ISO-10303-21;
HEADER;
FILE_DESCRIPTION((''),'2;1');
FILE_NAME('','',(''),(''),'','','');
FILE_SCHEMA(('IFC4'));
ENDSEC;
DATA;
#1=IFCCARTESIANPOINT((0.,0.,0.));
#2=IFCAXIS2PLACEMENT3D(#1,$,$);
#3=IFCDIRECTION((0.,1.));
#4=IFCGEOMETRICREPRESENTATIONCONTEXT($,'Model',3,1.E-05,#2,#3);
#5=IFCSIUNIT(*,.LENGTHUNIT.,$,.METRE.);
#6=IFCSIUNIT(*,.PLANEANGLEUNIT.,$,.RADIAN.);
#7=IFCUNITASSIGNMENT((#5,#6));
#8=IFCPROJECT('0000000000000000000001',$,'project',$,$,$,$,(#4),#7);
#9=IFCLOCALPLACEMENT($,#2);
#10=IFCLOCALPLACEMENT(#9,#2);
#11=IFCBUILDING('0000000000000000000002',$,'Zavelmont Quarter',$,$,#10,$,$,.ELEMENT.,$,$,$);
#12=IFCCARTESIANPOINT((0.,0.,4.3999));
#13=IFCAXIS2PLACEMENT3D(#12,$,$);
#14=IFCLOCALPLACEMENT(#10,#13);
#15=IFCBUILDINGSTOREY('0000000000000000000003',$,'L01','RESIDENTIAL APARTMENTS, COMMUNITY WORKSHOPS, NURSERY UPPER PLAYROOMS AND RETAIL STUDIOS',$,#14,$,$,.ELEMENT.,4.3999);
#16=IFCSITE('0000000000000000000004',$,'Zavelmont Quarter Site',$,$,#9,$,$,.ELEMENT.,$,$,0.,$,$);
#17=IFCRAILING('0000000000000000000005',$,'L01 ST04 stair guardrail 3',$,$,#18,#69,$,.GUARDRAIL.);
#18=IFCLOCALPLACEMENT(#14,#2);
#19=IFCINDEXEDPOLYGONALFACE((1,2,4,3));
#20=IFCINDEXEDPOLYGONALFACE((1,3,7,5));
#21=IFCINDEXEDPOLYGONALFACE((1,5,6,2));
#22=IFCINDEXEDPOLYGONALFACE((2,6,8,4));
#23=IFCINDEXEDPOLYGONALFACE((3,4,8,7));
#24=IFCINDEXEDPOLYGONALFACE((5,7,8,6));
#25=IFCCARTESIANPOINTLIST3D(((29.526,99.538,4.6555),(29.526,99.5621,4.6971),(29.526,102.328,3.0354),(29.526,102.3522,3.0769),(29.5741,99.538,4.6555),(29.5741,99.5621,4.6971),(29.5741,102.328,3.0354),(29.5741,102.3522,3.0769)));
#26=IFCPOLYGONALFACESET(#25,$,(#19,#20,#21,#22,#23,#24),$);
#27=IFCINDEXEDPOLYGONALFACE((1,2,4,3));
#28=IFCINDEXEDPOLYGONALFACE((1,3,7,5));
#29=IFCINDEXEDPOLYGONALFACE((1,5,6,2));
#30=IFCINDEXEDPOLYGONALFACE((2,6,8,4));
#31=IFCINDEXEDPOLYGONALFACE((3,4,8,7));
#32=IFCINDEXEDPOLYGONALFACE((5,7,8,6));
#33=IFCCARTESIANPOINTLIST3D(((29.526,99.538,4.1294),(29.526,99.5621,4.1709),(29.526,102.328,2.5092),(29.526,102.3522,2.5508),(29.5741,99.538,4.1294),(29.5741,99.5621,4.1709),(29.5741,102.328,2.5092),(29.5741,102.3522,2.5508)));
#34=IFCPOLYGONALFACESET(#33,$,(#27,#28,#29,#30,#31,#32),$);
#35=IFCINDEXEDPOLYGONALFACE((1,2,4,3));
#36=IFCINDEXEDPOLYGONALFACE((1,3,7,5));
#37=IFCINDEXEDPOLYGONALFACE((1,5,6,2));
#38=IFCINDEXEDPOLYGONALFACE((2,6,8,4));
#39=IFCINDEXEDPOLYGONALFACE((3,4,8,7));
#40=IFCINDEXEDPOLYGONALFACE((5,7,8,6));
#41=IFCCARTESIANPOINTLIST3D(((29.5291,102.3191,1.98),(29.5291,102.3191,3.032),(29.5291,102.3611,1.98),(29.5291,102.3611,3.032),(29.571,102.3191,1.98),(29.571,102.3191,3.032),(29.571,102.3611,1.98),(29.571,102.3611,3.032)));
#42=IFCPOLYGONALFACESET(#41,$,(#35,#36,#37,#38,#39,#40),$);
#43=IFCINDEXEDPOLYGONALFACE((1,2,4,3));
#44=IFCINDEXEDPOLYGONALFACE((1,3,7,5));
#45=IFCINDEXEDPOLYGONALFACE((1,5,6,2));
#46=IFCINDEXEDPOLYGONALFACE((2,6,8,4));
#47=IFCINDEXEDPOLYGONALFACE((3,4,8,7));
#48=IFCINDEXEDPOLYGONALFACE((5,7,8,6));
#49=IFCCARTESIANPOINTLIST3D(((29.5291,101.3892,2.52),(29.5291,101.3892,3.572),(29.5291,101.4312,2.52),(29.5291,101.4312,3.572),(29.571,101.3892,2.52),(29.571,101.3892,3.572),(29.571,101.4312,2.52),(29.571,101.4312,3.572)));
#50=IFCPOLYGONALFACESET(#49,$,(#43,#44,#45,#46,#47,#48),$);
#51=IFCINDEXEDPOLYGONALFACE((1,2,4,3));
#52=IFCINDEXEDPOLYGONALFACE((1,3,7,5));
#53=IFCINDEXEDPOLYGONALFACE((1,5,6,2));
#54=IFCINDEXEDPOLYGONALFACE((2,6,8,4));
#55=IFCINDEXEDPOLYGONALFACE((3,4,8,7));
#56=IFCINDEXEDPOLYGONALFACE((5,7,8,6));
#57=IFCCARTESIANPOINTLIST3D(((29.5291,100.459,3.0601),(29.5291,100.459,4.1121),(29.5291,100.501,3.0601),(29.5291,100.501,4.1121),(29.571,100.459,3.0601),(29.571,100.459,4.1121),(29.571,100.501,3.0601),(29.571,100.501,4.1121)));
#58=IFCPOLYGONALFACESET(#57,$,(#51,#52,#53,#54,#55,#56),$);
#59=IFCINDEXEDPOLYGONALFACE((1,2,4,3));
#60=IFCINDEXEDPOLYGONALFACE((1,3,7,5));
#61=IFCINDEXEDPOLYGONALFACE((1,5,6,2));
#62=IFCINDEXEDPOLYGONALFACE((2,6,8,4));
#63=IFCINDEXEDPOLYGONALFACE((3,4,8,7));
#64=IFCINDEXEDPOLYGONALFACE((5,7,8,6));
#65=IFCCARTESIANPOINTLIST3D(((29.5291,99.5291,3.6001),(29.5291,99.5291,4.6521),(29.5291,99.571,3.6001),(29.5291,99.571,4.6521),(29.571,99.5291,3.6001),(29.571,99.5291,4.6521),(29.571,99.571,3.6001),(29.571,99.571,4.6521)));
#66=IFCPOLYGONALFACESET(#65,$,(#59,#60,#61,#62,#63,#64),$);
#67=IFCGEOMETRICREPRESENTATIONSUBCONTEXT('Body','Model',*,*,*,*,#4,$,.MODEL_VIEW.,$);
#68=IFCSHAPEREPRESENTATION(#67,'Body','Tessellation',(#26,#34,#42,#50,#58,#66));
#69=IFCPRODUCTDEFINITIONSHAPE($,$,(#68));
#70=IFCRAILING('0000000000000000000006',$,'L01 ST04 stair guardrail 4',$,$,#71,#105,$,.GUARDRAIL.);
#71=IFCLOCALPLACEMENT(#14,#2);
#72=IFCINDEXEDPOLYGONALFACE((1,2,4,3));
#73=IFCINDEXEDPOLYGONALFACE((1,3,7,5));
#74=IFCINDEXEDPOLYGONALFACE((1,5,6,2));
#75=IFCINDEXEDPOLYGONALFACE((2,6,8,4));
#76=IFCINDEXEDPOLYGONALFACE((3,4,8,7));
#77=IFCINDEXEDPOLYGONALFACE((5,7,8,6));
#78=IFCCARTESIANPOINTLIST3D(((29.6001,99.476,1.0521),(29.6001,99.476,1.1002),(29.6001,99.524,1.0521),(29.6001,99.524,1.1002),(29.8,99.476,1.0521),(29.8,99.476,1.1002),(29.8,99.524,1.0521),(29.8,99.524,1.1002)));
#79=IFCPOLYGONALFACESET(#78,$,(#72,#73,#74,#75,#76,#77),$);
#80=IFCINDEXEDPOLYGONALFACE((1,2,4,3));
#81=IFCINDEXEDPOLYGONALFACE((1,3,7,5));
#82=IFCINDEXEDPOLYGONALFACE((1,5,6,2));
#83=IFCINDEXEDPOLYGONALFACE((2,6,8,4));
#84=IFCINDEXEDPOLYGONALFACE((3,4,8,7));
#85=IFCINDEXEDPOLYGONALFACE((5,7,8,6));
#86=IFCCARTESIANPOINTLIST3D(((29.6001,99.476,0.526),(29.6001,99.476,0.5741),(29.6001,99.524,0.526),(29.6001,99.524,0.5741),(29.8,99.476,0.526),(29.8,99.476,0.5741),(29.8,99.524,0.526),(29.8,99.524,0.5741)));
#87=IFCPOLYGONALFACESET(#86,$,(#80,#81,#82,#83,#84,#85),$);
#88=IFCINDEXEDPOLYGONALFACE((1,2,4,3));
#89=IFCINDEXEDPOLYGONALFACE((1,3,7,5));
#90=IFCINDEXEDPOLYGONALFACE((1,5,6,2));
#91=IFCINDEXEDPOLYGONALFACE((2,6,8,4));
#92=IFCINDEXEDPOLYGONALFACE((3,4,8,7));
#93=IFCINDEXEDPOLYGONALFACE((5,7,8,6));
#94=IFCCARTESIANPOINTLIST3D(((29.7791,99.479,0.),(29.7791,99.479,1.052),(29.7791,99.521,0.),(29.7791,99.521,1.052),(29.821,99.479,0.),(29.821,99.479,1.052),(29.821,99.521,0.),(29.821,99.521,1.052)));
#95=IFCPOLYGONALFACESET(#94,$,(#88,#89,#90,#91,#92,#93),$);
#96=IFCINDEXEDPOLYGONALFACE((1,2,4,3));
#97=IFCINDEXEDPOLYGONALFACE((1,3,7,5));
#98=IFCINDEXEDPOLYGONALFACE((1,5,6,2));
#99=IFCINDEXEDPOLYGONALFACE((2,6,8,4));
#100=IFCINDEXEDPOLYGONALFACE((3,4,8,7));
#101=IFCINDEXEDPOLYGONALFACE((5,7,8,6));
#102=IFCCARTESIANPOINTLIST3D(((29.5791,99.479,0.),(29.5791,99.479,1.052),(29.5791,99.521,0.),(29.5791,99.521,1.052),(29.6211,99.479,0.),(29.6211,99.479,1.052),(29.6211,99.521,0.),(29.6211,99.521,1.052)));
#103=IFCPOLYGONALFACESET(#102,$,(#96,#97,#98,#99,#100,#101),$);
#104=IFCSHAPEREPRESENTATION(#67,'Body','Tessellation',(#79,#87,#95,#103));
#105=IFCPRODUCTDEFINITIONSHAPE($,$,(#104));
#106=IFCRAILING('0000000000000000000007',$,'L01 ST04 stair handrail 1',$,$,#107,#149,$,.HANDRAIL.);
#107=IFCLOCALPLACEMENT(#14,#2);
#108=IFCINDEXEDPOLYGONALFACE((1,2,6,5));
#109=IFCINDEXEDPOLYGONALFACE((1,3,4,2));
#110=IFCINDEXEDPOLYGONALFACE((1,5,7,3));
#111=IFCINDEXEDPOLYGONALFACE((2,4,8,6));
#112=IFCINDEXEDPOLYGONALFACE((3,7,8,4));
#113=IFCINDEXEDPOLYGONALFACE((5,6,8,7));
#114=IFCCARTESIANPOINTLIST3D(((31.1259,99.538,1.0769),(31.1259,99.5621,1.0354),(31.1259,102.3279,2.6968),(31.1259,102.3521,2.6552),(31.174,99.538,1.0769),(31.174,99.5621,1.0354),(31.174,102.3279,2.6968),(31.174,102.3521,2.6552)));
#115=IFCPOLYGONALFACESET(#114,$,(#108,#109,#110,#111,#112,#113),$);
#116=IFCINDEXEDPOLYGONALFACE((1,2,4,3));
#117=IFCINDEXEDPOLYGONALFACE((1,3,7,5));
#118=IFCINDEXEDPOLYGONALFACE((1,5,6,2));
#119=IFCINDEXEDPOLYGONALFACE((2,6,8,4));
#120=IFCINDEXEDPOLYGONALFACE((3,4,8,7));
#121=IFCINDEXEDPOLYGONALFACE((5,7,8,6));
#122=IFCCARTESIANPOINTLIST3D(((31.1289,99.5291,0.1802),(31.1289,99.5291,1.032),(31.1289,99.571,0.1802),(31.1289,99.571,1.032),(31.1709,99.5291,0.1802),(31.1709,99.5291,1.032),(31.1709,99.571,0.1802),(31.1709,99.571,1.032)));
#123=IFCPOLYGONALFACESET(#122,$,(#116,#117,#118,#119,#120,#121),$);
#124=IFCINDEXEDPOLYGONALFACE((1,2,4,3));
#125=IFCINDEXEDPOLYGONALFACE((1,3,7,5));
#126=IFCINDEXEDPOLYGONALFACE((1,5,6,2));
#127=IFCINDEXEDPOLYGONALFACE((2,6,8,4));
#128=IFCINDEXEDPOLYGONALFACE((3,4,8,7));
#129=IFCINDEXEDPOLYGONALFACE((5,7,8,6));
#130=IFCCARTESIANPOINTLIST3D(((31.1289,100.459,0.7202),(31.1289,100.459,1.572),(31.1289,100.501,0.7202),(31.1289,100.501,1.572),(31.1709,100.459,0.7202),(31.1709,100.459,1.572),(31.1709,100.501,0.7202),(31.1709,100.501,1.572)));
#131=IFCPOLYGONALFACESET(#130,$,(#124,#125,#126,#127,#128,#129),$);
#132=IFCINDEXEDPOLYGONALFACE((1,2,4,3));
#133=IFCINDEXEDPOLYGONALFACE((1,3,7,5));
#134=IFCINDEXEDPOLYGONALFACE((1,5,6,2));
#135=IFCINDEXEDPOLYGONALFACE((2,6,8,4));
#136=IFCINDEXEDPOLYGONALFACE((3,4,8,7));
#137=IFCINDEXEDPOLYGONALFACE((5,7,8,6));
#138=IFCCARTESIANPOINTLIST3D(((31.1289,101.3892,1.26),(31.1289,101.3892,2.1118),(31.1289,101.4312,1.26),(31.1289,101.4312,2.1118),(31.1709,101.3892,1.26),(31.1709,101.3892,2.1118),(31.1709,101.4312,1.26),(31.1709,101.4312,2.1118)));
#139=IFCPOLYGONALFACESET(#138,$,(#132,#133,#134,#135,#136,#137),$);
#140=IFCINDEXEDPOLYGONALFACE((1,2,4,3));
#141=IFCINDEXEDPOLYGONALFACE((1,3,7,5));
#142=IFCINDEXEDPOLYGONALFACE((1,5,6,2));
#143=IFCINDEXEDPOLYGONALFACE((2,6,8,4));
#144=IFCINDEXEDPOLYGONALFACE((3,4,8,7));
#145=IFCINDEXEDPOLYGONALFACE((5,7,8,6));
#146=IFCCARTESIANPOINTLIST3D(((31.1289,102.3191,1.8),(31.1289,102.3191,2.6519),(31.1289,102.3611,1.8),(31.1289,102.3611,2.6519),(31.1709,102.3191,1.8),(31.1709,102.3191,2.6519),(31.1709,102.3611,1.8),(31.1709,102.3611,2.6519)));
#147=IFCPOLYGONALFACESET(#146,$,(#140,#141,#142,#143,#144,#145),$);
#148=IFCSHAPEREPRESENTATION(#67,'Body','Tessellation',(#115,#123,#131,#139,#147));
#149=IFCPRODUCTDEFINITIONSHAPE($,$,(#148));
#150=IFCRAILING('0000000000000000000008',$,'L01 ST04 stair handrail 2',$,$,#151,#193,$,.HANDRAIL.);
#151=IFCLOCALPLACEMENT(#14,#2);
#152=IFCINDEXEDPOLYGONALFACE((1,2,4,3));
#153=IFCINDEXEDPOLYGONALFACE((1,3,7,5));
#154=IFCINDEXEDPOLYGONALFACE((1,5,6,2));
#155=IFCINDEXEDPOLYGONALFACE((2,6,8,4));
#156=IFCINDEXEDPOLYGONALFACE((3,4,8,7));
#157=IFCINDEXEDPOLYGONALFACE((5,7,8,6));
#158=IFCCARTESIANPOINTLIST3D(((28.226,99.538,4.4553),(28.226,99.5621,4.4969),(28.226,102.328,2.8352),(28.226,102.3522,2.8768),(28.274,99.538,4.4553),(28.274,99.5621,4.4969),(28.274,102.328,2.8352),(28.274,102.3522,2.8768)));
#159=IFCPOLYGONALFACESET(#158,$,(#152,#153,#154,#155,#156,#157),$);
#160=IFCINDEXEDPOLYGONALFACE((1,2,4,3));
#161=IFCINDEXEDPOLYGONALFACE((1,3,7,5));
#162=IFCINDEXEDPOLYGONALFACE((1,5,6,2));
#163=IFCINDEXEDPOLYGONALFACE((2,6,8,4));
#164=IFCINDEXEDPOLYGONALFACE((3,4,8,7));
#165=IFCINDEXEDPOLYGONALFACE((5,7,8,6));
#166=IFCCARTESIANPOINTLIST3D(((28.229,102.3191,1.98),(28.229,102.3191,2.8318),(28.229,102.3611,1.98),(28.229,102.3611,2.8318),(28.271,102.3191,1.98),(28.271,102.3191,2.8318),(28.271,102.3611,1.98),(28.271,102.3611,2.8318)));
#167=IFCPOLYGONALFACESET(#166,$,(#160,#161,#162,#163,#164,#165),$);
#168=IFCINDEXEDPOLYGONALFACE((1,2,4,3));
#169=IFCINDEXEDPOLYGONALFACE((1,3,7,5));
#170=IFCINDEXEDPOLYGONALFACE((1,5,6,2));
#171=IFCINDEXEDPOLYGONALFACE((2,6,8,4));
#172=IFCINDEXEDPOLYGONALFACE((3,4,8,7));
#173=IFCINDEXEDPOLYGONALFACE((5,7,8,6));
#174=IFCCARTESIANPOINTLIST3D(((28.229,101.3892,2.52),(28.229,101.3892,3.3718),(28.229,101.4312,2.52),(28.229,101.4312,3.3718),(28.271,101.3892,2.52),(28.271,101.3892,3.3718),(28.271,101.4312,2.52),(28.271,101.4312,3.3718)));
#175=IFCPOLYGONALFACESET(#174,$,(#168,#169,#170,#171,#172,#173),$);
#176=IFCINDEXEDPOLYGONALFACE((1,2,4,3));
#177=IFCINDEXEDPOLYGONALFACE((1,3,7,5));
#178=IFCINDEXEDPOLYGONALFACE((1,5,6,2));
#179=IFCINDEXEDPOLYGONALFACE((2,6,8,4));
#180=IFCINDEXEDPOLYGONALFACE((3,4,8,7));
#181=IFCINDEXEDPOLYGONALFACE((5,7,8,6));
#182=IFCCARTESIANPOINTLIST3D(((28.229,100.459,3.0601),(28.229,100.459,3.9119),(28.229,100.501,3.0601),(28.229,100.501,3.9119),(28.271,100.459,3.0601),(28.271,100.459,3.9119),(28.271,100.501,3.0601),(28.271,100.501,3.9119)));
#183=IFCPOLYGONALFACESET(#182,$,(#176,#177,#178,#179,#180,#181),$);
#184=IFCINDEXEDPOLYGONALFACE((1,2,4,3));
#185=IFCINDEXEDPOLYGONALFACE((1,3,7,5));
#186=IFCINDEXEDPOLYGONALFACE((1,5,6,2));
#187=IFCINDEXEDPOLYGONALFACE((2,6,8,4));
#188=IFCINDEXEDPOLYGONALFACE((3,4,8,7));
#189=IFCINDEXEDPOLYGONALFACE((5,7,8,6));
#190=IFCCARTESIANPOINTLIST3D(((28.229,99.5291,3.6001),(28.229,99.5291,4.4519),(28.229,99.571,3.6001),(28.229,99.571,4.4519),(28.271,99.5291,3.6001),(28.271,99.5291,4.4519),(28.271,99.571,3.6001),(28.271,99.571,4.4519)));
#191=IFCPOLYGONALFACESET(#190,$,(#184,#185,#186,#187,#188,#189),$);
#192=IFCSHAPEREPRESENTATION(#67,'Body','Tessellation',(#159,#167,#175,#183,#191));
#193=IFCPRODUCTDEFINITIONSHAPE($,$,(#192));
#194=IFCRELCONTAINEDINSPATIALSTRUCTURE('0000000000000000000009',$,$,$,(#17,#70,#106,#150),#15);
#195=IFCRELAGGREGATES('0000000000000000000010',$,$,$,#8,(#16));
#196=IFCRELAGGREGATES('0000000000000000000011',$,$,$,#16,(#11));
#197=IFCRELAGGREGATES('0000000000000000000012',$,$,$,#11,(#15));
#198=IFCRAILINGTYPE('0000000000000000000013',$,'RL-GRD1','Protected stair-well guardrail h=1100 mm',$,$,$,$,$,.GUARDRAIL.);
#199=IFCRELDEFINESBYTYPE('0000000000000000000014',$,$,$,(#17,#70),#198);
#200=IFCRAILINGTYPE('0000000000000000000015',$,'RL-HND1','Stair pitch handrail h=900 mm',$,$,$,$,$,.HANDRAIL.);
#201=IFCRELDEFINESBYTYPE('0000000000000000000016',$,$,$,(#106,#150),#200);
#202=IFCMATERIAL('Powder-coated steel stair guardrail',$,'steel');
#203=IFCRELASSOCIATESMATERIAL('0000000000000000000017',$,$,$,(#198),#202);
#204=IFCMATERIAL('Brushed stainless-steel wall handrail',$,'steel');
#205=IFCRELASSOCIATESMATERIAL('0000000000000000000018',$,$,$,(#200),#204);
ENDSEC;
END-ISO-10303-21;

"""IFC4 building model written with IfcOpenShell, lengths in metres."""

from ifc_helpers import new_model, si_unit, direction, frame, origin, origin_2d, place, context, subcontext, project, spatial, rectangle, extrude, material, type_object, element, save


model = new_model("IFC4")

# Units and contexts
model_context = context("Model", 3, precision=1e-05, world=origin(), true_north=direction((0.0, 1.0)))
body_context = subcontext(model_context, "Body", "Model", "MODEL_VIEW")
ifc_project = project(units=[si_unit("LENGTHUNIT", "METRE"), si_unit("PLANEANGLEUNIT", "RADIAN")], contexts=[model_context])

# Site, building, storey
site_placement = place(None, origin())
site = spatial("IfcSite", under=ifc_project, at=site_placement, Name="Zavelmont Quarter Site", CompositionType="ELEMENT", RefElevation=0.0)
building_placement = place(site_placement, origin())
building = spatial("IfcBuilding", under=site, at=building_placement, Name="Zavelmont Quarter", CompositionType="ELEMENT")
storey_placement = place(building_placement, frame((0.0, 0.0, 4.3999)))
storey = spatial("IfcBuildingStorey", under=building, at=storey_placement, Name="L01", Description="RESIDENTIAL APARTMENTS, COMMUNITY WORKSHOPS, NURSERY UPPER PLAYROOMS AND RETAIL STUDIOS", CompositionType="ELEMENT", Elevation=4.3999)

# Railings
ifc_material_1 = material(Name="Powder-coated steel stair guardrail", Category="steel")
railing_type_1 = type_object("IfcRailingType", Name="RL-GRD1", Description="Protected stair-well guardrail h=1100 mm", PredefinedType="GUARDRAIL", material=ifc_material_1)
railing_1_placement = place(storey_placement, frame((29.55, 102.3401, 1.98)))
element("IfcRailing", 1, at=railing_1_placement, inside=storey, type_object=railing_type_1, Name="L01 ST04 stair guardrail 3", PredefinedType="GUARDRAIL", context=body_context, shape_type="SweptSolid", body=[
    extrude(rectangle(XDim=0.0481, YDim=0.0481, at=origin_2d()), frame((0.0, 0.0, 1.0762), z_axis=(0.0, -0.864776, 0.502157), x_axis=(1.0, 0.0, 0.0)), (0.0, 0.0, 1.0), 3.2263),
    extrude(rectangle(XDim=0.0481, YDim=0.0481, at=origin_2d()), frame((0.0, 0.0, 0.55), z_axis=(0.0, -0.864776, 0.502157), x_axis=(1.0, 0.0, 0.0)), (0.0, 0.0, 1.0), 3.2263),
    extrude(rectangle(XDim=0.042, YDim=0.042, at=origin_2d()), origin(), (0.0, 0.0, 1.0), 1.052),
    extrude(rectangle(XDim=0.042, YDim=0.042, at=origin_2d()), frame((0.0, -0.9299, 0.54)), (0.0, 0.0, 1.0), 1.052),
    extrude(rectangle(XDim=0.042, YDim=0.042, at=origin_2d()), frame((0.0, -1.8601, 1.0801)), (0.0, 0.0, 1.0), 1.052),
    extrude(rectangle(XDim=0.042, YDim=0.042, at=origin_2d()), frame((0.0, -2.79, 1.6201)), (0.0, 0.0, 1.0), 1.052),
])
railing_2_placement = place(storey_placement, frame((29.8, 99.5, 0.0)))
element("IfcRailing", 2, at=railing_2_placement, inside=storey, type_object=railing_type_1, Name="L01 ST04 stair guardrail 4", PredefinedType="GUARDRAIL", context=body_context, shape_type="SweptSolid", body=[
    extrude(rectangle(XDim=0.0481, YDim=0.0481, at=origin_2d()), frame((0.0, 0.0, 1.0762), z_axis=(-1.0, 0.0, 0.0), x_axis=(0.0, -1.0, 0.0)), (0.0, 0.0, 1.0), 0.2),
    extrude(rectangle(XDim=0.0481, YDim=0.0481, at=origin_2d()), frame((0.0, 0.0, 0.55), z_axis=(-1.0, 0.0, 0.0), x_axis=(0.0, -1.0, 0.0)), (0.0, 0.0, 1.0), 0.2),
    extrude(rectangle(XDim=0.042, YDim=0.042, at=origin_2d()), origin(), (0.0, 0.0, 1.0), 1.052),
    extrude(rectangle(XDim=0.042, YDim=0.042, at=origin_2d()), frame((-0.2, 0.0, 0.0)), (0.0, 0.0, 1.0), 1.052),
])
ifc_material_2 = material(Name="Brushed stainless-steel wall handrail", Category="steel")
railing_type_2 = type_object("IfcRailingType", Name="RL-HND1", Description="Stair pitch handrail h=900 mm", PredefinedType="HANDRAIL", material=ifc_material_2)
railing_3_placement = place(storey_placement, frame((31.1499, 99.55, 0.1802)))
element("IfcRailing", 3, at=railing_3_placement, inside=storey, type_object=railing_type_2, Name="L01 ST04 stair handrail 1", PredefinedType="HANDRAIL", context=body_context, shape_type="SweptSolid", body=[
    extrude(rectangle(XDim=0.0481, YDim=0.0481, at=origin_2d()), frame((0.0, 0.0, 0.876), z_axis=(0.0, 0.864809, 0.502101), x_axis=(-1.0, 0.0, 0.0)), (0.0, 0.0, 1.0), 3.2261),
    extrude(rectangle(XDim=0.042, YDim=0.042, at=origin_2d()), origin(), (0.0, 0.0, 1.0), 0.8518),
    extrude(rectangle(XDim=0.042, YDim=0.042, at=origin_2d()), frame((0.0, 0.9299, 0.54)), (0.0, 0.0, 1.0), 0.8518),
    extrude(rectangle(XDim=0.042, YDim=0.042, at=origin_2d()), frame((0.0, 1.8601, 1.0798)), (0.0, 0.0, 1.0), 0.8518),
    extrude(rectangle(XDim=0.042, YDim=0.042, at=origin_2d()), frame((0.0, 2.79, 1.6199)), (0.0, 0.0, 1.0), 0.8518),
])
railing_4_placement = place(storey_placement, frame((28.25, 102.3401, 1.98)))
element("IfcRailing", 4, at=railing_4_placement, inside=storey, type_object=railing_type_2, Name="L01 ST04 stair handrail 2", PredefinedType="HANDRAIL", context=body_context, shape_type="SweptSolid", body=[
    extrude(rectangle(XDim=0.0481, YDim=0.0481, at=origin_2d()), frame((0.0, 0.0, 0.876), z_axis=(0.0, -0.864776, 0.502157), x_axis=(1.0, 0.0, 0.0)), (0.0, 0.0, 1.0), 3.2263),
    extrude(rectangle(XDim=0.042, YDim=0.042, at=origin_2d()), origin(), (0.0, 0.0, 1.0), 0.8518),
    extrude(rectangle(XDim=0.042, YDim=0.042, at=origin_2d()), frame((0.0, -0.9299, 0.54)), (0.0, 0.0, 1.0), 0.8518),
    extrude(rectangle(XDim=0.042, YDim=0.042, at=origin_2d()), frame((0.0, -1.8601, 1.0801)), (0.0, 0.0, 1.0), 0.8518),
    extrude(rectangle(XDim=0.042, YDim=0.042, at=origin_2d()), frame((0.0, -2.79, 1.6201)), (0.0, 0.0, 1.0), 0.8518),
])

save(model, "model.ifc")
